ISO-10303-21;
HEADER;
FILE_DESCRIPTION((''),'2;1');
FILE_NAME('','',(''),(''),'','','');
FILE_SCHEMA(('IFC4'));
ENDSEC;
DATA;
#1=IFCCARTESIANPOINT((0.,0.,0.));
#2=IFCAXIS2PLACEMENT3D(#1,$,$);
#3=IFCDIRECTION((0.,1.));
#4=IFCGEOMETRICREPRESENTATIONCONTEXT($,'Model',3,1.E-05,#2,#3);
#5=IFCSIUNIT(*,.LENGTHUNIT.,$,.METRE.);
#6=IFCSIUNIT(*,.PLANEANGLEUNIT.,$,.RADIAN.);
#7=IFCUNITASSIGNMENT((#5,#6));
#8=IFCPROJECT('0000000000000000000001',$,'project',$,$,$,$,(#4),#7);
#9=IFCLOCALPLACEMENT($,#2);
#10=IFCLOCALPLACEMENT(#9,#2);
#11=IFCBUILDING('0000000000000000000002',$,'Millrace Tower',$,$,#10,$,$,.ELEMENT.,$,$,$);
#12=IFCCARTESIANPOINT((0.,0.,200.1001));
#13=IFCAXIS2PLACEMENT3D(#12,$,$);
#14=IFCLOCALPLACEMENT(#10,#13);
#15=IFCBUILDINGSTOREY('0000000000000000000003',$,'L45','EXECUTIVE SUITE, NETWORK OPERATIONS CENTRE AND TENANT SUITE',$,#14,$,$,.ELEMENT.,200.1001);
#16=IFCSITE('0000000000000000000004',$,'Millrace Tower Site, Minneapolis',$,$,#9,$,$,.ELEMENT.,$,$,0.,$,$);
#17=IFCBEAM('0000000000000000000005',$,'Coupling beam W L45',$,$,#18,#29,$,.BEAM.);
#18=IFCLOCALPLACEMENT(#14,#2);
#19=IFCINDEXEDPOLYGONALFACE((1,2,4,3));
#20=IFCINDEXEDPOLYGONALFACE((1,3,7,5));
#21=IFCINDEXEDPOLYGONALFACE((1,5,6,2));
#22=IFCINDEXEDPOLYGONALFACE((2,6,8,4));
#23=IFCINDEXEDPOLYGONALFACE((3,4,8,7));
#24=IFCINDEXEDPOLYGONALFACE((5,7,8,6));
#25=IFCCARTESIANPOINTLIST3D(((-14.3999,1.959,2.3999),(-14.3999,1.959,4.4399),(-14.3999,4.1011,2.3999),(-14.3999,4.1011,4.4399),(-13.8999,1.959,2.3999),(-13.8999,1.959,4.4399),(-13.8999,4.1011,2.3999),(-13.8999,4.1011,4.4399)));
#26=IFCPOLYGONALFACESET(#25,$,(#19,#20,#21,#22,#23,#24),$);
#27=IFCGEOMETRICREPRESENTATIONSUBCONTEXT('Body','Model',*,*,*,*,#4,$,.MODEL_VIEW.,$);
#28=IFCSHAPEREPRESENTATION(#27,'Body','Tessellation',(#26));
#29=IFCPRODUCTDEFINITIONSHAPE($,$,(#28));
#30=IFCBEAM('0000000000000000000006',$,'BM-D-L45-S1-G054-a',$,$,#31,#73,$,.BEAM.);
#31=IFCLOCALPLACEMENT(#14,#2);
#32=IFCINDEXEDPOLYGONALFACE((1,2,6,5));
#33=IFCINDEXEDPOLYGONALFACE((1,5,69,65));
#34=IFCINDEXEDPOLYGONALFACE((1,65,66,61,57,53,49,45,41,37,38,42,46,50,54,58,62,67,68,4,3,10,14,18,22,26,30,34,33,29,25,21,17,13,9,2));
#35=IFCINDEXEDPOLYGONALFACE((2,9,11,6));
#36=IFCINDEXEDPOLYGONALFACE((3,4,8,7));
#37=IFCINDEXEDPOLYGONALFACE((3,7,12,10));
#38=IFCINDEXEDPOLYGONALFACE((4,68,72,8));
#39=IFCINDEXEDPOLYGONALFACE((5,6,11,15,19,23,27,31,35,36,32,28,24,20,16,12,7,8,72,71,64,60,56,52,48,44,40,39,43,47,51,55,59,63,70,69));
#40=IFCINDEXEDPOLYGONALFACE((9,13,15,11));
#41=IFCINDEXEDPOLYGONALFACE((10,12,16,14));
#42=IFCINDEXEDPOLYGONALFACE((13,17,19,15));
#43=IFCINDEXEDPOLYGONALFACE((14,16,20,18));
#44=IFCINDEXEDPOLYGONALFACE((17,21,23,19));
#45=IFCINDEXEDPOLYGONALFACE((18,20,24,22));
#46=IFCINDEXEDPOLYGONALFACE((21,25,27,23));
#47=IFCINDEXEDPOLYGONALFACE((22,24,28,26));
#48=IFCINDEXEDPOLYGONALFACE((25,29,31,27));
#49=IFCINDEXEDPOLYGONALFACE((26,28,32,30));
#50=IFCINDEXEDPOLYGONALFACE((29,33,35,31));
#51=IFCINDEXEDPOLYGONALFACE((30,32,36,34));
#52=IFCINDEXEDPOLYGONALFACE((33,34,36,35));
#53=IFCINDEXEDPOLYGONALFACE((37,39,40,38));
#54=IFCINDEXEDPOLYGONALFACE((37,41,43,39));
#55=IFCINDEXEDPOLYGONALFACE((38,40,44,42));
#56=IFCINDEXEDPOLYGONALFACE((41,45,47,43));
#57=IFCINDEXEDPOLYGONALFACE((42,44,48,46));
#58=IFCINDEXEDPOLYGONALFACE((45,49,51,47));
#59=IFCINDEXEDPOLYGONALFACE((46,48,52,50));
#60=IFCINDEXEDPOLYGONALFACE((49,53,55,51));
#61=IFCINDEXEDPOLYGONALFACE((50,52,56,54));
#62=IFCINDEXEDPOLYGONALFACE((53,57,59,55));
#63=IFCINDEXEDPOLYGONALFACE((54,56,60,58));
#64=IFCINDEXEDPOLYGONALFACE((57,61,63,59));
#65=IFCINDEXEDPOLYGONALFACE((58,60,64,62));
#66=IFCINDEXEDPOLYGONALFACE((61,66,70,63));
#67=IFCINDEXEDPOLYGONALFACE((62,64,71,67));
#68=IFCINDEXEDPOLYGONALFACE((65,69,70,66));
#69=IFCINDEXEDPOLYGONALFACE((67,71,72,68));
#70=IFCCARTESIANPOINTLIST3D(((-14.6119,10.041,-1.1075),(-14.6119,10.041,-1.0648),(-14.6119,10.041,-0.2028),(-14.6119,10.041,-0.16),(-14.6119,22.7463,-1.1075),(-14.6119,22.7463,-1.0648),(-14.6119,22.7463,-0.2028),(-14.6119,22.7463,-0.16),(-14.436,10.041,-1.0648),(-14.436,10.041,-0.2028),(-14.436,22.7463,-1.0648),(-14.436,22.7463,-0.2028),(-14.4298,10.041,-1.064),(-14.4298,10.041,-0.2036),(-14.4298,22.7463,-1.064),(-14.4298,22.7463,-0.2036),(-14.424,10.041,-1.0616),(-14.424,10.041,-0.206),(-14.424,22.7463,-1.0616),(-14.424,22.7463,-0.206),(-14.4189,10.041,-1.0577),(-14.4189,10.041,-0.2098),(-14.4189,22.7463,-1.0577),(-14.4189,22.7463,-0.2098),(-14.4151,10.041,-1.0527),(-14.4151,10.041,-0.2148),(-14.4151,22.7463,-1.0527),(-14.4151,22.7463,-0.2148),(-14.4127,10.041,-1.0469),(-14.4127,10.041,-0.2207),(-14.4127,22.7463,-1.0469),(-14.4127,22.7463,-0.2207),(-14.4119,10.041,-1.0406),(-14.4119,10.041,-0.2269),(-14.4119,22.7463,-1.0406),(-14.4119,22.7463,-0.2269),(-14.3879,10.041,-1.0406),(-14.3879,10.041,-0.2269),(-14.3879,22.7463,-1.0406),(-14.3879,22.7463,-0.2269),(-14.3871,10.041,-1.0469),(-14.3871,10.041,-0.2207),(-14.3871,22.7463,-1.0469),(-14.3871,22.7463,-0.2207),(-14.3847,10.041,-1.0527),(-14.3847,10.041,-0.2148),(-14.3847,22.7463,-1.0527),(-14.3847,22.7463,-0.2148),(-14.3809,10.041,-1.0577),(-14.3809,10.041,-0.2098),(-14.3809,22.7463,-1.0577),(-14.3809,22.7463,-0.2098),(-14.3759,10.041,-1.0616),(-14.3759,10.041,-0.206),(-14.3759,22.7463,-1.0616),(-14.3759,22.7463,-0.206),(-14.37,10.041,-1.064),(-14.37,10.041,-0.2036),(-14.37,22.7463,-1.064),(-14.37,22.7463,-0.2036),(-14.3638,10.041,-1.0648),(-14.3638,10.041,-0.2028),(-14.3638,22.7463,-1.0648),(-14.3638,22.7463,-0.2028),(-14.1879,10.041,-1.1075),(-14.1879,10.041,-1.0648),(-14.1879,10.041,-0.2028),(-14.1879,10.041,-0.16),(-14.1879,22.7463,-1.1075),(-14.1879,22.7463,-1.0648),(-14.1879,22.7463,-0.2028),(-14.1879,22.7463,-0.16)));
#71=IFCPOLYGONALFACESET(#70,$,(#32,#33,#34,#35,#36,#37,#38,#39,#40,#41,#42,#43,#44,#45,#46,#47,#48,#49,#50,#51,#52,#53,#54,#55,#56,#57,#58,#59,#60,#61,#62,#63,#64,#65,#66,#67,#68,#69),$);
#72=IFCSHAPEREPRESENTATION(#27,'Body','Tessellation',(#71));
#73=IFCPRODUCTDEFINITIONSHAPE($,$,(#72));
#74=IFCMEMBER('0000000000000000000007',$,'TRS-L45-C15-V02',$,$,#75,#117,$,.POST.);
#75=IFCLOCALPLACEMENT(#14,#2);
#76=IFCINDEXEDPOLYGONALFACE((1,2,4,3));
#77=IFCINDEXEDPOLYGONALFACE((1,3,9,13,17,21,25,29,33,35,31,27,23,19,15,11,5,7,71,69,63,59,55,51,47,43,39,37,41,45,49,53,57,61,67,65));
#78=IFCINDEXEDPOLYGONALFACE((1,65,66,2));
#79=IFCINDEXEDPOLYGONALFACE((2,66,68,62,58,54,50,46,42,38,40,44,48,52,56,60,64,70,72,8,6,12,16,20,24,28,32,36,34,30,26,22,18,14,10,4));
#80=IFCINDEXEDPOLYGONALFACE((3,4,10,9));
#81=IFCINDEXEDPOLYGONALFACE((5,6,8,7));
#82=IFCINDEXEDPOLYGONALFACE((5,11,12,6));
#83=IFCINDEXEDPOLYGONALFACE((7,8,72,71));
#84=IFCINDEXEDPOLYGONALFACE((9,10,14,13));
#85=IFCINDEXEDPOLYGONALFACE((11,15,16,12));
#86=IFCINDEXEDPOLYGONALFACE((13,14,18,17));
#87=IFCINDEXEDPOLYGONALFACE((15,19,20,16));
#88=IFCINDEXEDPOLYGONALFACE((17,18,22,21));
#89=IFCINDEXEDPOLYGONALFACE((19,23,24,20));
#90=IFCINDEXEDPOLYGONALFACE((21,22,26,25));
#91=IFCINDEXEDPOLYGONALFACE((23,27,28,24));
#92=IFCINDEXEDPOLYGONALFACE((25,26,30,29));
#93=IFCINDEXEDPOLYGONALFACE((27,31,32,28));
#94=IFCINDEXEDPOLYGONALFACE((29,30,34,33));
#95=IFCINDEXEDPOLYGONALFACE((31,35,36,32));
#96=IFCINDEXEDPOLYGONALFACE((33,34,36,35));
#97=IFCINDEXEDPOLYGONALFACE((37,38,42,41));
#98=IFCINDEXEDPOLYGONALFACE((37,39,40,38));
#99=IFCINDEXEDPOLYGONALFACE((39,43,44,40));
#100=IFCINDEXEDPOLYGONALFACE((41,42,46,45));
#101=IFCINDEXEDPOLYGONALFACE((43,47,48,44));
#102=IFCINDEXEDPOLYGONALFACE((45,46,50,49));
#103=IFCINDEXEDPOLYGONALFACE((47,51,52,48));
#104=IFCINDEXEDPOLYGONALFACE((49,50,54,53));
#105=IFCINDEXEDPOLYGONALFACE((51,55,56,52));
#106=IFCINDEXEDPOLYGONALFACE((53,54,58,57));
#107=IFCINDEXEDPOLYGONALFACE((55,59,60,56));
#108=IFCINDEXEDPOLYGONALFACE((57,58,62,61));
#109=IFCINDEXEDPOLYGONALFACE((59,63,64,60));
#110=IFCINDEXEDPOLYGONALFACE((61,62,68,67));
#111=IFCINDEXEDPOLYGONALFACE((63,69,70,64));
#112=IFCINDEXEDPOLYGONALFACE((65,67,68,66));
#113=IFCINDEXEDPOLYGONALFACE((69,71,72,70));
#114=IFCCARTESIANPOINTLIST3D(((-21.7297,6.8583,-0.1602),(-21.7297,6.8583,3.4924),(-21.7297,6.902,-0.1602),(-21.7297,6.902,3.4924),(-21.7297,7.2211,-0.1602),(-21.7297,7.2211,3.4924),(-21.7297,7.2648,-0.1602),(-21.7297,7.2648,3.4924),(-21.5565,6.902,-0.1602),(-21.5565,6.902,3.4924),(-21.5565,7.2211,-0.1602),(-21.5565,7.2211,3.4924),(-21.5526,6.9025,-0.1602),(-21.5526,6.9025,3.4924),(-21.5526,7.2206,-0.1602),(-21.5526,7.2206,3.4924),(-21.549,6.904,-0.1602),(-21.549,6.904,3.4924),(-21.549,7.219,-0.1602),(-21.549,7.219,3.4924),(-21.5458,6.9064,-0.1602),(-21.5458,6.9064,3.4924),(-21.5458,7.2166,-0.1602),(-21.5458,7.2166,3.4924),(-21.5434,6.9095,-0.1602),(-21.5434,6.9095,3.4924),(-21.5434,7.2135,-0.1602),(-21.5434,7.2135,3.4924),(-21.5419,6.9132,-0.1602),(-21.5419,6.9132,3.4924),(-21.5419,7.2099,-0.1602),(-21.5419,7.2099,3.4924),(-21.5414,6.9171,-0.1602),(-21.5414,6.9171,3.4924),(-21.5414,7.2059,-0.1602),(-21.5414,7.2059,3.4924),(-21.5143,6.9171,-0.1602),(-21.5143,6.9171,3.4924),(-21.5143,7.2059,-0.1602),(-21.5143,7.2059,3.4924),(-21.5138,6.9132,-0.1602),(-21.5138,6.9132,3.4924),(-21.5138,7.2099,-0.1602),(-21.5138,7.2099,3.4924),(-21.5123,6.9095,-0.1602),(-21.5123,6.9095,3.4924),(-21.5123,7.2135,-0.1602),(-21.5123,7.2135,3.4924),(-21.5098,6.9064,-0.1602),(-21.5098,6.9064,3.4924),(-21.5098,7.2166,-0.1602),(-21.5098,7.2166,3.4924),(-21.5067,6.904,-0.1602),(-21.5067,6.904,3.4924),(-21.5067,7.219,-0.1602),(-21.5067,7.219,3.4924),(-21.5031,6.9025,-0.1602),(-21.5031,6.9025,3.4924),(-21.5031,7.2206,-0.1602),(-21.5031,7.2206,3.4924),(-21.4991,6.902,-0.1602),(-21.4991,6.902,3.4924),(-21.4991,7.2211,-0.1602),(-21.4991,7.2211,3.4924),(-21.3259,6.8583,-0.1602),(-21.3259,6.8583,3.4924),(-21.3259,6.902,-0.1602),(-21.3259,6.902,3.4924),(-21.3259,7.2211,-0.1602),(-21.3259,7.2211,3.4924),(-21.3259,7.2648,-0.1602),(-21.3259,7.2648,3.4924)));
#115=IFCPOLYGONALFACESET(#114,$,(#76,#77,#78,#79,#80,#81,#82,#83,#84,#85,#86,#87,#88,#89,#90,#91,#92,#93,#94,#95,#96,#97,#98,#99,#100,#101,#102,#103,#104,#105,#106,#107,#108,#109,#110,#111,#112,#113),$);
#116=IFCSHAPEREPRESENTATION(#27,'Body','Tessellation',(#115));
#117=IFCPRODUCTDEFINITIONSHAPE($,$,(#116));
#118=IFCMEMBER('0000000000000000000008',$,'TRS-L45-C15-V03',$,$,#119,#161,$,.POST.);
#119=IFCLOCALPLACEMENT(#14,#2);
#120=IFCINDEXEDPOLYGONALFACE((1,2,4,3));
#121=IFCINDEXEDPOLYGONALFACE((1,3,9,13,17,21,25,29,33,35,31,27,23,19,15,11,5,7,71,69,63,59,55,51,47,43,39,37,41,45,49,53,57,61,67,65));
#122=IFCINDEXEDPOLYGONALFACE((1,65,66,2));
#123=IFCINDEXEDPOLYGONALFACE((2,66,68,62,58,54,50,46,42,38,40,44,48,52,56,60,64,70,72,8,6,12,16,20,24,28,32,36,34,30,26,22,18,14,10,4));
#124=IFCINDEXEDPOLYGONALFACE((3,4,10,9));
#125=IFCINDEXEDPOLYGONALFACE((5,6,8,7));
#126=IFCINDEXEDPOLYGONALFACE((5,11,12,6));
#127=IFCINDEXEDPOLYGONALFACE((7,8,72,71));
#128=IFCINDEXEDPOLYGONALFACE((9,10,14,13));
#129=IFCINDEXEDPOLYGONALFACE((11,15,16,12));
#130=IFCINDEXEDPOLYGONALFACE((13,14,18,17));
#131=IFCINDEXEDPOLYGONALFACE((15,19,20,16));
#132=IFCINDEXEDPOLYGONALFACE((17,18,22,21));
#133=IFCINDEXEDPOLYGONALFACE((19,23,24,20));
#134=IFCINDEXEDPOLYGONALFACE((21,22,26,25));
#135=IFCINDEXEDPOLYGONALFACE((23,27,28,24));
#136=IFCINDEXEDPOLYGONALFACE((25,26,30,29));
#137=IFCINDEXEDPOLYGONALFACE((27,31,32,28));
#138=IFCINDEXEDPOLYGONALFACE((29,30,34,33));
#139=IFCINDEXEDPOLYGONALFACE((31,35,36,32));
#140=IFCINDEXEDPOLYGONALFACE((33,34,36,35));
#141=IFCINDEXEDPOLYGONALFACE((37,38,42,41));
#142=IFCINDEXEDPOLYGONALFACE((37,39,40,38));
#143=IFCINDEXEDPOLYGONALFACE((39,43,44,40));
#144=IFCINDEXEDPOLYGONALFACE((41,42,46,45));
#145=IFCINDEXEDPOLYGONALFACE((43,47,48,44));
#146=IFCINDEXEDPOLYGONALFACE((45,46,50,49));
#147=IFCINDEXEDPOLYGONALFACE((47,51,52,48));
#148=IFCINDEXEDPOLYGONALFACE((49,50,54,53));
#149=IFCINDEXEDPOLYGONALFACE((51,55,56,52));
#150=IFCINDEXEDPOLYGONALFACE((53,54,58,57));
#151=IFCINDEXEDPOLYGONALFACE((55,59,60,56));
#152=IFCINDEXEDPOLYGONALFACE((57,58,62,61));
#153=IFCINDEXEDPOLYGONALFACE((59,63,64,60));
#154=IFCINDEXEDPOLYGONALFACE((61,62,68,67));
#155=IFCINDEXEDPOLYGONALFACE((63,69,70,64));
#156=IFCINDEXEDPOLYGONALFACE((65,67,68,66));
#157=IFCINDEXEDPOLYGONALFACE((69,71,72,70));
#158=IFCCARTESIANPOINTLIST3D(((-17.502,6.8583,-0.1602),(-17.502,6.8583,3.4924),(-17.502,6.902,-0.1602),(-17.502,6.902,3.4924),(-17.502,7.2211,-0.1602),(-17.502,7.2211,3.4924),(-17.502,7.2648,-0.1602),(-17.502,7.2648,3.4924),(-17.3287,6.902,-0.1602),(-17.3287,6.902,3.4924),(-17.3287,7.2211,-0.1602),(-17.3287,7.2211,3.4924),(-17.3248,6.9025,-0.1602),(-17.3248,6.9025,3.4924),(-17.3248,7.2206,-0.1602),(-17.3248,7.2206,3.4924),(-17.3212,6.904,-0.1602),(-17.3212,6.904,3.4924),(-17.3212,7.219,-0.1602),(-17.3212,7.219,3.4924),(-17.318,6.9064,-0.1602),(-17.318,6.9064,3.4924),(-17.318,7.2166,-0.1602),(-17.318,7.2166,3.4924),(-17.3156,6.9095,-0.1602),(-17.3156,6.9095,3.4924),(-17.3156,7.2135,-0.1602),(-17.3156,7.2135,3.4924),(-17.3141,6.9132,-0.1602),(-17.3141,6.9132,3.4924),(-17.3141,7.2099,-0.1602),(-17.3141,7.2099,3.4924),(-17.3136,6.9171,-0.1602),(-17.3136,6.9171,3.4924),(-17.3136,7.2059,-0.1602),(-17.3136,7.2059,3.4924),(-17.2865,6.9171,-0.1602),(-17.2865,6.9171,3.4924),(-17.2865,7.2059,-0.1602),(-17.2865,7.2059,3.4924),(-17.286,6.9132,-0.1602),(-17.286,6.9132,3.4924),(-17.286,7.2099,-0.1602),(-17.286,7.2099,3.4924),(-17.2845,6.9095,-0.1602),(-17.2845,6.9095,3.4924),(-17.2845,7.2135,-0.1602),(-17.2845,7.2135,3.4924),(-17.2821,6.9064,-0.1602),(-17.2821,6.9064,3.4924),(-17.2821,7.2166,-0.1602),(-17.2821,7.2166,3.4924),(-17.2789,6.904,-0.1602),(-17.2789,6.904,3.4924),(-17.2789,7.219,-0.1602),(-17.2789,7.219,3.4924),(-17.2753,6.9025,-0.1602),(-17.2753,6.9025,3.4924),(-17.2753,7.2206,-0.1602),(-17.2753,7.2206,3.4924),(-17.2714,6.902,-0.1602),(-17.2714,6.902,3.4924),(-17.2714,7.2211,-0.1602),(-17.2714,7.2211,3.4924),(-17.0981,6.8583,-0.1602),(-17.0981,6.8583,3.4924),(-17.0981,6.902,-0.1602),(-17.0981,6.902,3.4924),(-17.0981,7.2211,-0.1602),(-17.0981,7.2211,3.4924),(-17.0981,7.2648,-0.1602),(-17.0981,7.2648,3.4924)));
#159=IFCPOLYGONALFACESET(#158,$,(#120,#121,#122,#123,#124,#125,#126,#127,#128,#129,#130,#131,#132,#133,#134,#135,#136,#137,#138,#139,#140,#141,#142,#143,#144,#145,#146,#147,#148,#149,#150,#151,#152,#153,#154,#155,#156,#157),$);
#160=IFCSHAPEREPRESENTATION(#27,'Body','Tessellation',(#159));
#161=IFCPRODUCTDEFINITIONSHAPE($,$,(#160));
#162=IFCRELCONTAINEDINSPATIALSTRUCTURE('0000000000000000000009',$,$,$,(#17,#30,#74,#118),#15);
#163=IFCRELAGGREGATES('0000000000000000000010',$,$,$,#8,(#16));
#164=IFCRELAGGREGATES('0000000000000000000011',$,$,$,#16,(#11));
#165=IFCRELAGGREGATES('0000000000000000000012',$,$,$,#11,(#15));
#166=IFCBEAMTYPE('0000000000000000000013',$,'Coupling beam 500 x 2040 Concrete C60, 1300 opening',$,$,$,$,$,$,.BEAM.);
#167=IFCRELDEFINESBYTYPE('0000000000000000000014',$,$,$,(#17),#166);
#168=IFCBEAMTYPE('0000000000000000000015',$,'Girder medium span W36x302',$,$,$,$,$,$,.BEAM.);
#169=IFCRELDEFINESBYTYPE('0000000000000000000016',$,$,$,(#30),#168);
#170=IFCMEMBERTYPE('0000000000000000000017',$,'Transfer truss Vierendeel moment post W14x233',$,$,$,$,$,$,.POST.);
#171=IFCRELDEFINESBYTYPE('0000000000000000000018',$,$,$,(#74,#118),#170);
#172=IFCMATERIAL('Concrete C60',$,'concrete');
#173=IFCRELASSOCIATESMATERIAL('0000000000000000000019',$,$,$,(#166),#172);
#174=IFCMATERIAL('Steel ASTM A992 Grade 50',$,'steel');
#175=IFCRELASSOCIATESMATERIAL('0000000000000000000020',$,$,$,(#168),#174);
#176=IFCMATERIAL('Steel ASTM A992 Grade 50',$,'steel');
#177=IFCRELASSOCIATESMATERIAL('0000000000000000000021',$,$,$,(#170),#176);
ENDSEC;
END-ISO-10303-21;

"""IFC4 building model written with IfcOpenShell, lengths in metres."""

from ifc_helpers import new_model, si_unit, direction, frame, origin, origin_2d, place, context, subcontext, project, spatial, rectangle, i_section, extrude, material, material_profile, profile_set, type_object, element, save


model = new_model("IFC4")

# Units and contexts
model_context = context("Model", 3, precision=1e-05, world=origin(), true_north=direction((0.0, 1.0)))
body_context = subcontext(model_context, "Body", "Model", "MODEL_VIEW")
ifc_project = project(units=[si_unit("LENGTHUNIT", "METRE"), si_unit("PLANEANGLEUNIT", "RADIAN")], contexts=[model_context])

# Site, building, storey
site_placement = place(None, origin())
site = spatial("IfcSite", under=ifc_project, at=site_placement, Name="Millrace Tower Site, Minneapolis", CompositionType="ELEMENT", RefElevation=0.0)
building_placement = place(site_placement, origin())
building = spatial("IfcBuilding", under=site, at=building_placement, Name="Millrace Tower", CompositionType="ELEMENT")
storey_placement = place(building_placement, frame((0.0, 0.0, 200.1001)))
storey = spatial("IfcBuildingStorey", under=building, at=storey_placement, Name="L45", Description="EXECUTIVE SUITE, NETWORK OPERATIONS CENTRE AND TENANT SUITE", CompositionType="ELEMENT", Elevation=200.1001)

# Beams
ifc_material_1 = material(Name="Concrete C60", Category="concrete")
ifc_material_profile_1 = material_profile(ifc_material_1, rectangle(XDim=0.5, YDim=2.04, at=origin_2d()))
ifc_profile_set_1 = profile_set([ifc_material_profile_1], Name="Concrete C60")
beam_type_1 = type_object("IfcBeamType", Name="Coupling beam 500 x 2040 Concrete C60, 1300 opening", PredefinedType="BEAM", material=ifc_profile_set_1)
beam_1_placement = place(storey_placement, frame((-14.1499, 1.959, 3.4199), z_axis=(0.0, 1.0, 0.0), x_axis=(-1.0, 0.0, 0.0)))
element("IfcBeam", 1, at=beam_1_placement, inside=storey, type_object=beam_type_1, Name="Coupling beam W L45", PredefinedType="BEAM", context=body_context, shape_type="SweptSolid", body=[
    extrude(rectangle(XDim=0.5, YDim=2.04, at=origin_2d()), origin(), (0.0, 0.0, 1.0), 2.1421),
])
ifc_material_2 = material(Name="Steel ASTM A992 Grade 50", Category="steel")
ifc_material_profile_2 = material_profile(ifc_material_2, i_section(OverallWidth=0.4241, OverallDepth=0.9475, WebThickness=0.0239, FlangeThickness=0.0427, FilletRadius=0.0242, at=origin_2d()))
ifc_profile_set_2 = profile_set([ifc_material_profile_2], Name="Steel ASTM A992 Grade 50")
beam_type_2 = type_object("IfcBeamType", Name="Girder medium span W36x302", PredefinedType="BEAM", material=ifc_profile_set_2)
beam_2_placement = place(storey_placement, frame((-14.3999, 10.041, -0.6338), z_axis=(0.0, 1.0, 0.0), x_axis=(-1.0, 0.0, 0.0)))
element("IfcBeam", 2, at=beam_2_placement, inside=storey, type_object=beam_type_2, Name="BM-D-L45-S1-G054-a", PredefinedType="BEAM", context=body_context, shape_type="SweptSolid", body=[
    extrude(i_section(OverallWidth=0.4241, OverallDepth=0.9475, WebThickness=0.0239, FlangeThickness=0.0427, FilletRadius=0.0242, at=origin_2d()), origin(), (0.0, 0.0, 1.0), 12.7053),
])

# Members
ifc_material_3 = material(Name="Steel ASTM A992 Grade 50", Category="steel")
ifc_material_profile_3 = material_profile(ifc_material_3, i_section(OverallWidth=0.4038, OverallDepth=0.4065, WebThickness=0.0271, FlangeThickness=0.0437, FilletRadius=0.0151, at=origin_2d()))
ifc_profile_set_3 = profile_set([ifc_material_profile_3], Name="Steel ASTM A992 Grade 50")
member_type = type_object("IfcMemberType", Name="Transfer truss Vierendeel moment post W14x233", PredefinedType="POST", material=ifc_profile_set_3)
for number, where, z_axis, x_axis, name in (
    (3, (-21.5278, 7.0615, -0.1602), (0.0, 0.0, 1.0), (1.0, 0.0, 0.0), "TRS-L45-C15-V02"),
    (4, (-17.3, 7.0615, -0.1602), (0.0, 0.0, 1.0), (1.0, 0.0, 0.0), "TRS-L45-C15-V03"),
):
    element("IfcMember", number, at=place(storey_placement, frame(where, z_axis=z_axis, x_axis=x_axis)), inside=storey, type_object=member_type, Name=name, PredefinedType="POST", context=body_context, shape_type="SweptSolid", body=[
        extrude(i_section(OverallWidth=0.4038, OverallDepth=0.4065, WebThickness=0.0271, FlangeThickness=0.0437, FilletRadius=0.0151, at=origin_2d()), origin(), (0.0, 0.0, 1.0), 3.6526),
    ])

save(model, "model.ifc")
